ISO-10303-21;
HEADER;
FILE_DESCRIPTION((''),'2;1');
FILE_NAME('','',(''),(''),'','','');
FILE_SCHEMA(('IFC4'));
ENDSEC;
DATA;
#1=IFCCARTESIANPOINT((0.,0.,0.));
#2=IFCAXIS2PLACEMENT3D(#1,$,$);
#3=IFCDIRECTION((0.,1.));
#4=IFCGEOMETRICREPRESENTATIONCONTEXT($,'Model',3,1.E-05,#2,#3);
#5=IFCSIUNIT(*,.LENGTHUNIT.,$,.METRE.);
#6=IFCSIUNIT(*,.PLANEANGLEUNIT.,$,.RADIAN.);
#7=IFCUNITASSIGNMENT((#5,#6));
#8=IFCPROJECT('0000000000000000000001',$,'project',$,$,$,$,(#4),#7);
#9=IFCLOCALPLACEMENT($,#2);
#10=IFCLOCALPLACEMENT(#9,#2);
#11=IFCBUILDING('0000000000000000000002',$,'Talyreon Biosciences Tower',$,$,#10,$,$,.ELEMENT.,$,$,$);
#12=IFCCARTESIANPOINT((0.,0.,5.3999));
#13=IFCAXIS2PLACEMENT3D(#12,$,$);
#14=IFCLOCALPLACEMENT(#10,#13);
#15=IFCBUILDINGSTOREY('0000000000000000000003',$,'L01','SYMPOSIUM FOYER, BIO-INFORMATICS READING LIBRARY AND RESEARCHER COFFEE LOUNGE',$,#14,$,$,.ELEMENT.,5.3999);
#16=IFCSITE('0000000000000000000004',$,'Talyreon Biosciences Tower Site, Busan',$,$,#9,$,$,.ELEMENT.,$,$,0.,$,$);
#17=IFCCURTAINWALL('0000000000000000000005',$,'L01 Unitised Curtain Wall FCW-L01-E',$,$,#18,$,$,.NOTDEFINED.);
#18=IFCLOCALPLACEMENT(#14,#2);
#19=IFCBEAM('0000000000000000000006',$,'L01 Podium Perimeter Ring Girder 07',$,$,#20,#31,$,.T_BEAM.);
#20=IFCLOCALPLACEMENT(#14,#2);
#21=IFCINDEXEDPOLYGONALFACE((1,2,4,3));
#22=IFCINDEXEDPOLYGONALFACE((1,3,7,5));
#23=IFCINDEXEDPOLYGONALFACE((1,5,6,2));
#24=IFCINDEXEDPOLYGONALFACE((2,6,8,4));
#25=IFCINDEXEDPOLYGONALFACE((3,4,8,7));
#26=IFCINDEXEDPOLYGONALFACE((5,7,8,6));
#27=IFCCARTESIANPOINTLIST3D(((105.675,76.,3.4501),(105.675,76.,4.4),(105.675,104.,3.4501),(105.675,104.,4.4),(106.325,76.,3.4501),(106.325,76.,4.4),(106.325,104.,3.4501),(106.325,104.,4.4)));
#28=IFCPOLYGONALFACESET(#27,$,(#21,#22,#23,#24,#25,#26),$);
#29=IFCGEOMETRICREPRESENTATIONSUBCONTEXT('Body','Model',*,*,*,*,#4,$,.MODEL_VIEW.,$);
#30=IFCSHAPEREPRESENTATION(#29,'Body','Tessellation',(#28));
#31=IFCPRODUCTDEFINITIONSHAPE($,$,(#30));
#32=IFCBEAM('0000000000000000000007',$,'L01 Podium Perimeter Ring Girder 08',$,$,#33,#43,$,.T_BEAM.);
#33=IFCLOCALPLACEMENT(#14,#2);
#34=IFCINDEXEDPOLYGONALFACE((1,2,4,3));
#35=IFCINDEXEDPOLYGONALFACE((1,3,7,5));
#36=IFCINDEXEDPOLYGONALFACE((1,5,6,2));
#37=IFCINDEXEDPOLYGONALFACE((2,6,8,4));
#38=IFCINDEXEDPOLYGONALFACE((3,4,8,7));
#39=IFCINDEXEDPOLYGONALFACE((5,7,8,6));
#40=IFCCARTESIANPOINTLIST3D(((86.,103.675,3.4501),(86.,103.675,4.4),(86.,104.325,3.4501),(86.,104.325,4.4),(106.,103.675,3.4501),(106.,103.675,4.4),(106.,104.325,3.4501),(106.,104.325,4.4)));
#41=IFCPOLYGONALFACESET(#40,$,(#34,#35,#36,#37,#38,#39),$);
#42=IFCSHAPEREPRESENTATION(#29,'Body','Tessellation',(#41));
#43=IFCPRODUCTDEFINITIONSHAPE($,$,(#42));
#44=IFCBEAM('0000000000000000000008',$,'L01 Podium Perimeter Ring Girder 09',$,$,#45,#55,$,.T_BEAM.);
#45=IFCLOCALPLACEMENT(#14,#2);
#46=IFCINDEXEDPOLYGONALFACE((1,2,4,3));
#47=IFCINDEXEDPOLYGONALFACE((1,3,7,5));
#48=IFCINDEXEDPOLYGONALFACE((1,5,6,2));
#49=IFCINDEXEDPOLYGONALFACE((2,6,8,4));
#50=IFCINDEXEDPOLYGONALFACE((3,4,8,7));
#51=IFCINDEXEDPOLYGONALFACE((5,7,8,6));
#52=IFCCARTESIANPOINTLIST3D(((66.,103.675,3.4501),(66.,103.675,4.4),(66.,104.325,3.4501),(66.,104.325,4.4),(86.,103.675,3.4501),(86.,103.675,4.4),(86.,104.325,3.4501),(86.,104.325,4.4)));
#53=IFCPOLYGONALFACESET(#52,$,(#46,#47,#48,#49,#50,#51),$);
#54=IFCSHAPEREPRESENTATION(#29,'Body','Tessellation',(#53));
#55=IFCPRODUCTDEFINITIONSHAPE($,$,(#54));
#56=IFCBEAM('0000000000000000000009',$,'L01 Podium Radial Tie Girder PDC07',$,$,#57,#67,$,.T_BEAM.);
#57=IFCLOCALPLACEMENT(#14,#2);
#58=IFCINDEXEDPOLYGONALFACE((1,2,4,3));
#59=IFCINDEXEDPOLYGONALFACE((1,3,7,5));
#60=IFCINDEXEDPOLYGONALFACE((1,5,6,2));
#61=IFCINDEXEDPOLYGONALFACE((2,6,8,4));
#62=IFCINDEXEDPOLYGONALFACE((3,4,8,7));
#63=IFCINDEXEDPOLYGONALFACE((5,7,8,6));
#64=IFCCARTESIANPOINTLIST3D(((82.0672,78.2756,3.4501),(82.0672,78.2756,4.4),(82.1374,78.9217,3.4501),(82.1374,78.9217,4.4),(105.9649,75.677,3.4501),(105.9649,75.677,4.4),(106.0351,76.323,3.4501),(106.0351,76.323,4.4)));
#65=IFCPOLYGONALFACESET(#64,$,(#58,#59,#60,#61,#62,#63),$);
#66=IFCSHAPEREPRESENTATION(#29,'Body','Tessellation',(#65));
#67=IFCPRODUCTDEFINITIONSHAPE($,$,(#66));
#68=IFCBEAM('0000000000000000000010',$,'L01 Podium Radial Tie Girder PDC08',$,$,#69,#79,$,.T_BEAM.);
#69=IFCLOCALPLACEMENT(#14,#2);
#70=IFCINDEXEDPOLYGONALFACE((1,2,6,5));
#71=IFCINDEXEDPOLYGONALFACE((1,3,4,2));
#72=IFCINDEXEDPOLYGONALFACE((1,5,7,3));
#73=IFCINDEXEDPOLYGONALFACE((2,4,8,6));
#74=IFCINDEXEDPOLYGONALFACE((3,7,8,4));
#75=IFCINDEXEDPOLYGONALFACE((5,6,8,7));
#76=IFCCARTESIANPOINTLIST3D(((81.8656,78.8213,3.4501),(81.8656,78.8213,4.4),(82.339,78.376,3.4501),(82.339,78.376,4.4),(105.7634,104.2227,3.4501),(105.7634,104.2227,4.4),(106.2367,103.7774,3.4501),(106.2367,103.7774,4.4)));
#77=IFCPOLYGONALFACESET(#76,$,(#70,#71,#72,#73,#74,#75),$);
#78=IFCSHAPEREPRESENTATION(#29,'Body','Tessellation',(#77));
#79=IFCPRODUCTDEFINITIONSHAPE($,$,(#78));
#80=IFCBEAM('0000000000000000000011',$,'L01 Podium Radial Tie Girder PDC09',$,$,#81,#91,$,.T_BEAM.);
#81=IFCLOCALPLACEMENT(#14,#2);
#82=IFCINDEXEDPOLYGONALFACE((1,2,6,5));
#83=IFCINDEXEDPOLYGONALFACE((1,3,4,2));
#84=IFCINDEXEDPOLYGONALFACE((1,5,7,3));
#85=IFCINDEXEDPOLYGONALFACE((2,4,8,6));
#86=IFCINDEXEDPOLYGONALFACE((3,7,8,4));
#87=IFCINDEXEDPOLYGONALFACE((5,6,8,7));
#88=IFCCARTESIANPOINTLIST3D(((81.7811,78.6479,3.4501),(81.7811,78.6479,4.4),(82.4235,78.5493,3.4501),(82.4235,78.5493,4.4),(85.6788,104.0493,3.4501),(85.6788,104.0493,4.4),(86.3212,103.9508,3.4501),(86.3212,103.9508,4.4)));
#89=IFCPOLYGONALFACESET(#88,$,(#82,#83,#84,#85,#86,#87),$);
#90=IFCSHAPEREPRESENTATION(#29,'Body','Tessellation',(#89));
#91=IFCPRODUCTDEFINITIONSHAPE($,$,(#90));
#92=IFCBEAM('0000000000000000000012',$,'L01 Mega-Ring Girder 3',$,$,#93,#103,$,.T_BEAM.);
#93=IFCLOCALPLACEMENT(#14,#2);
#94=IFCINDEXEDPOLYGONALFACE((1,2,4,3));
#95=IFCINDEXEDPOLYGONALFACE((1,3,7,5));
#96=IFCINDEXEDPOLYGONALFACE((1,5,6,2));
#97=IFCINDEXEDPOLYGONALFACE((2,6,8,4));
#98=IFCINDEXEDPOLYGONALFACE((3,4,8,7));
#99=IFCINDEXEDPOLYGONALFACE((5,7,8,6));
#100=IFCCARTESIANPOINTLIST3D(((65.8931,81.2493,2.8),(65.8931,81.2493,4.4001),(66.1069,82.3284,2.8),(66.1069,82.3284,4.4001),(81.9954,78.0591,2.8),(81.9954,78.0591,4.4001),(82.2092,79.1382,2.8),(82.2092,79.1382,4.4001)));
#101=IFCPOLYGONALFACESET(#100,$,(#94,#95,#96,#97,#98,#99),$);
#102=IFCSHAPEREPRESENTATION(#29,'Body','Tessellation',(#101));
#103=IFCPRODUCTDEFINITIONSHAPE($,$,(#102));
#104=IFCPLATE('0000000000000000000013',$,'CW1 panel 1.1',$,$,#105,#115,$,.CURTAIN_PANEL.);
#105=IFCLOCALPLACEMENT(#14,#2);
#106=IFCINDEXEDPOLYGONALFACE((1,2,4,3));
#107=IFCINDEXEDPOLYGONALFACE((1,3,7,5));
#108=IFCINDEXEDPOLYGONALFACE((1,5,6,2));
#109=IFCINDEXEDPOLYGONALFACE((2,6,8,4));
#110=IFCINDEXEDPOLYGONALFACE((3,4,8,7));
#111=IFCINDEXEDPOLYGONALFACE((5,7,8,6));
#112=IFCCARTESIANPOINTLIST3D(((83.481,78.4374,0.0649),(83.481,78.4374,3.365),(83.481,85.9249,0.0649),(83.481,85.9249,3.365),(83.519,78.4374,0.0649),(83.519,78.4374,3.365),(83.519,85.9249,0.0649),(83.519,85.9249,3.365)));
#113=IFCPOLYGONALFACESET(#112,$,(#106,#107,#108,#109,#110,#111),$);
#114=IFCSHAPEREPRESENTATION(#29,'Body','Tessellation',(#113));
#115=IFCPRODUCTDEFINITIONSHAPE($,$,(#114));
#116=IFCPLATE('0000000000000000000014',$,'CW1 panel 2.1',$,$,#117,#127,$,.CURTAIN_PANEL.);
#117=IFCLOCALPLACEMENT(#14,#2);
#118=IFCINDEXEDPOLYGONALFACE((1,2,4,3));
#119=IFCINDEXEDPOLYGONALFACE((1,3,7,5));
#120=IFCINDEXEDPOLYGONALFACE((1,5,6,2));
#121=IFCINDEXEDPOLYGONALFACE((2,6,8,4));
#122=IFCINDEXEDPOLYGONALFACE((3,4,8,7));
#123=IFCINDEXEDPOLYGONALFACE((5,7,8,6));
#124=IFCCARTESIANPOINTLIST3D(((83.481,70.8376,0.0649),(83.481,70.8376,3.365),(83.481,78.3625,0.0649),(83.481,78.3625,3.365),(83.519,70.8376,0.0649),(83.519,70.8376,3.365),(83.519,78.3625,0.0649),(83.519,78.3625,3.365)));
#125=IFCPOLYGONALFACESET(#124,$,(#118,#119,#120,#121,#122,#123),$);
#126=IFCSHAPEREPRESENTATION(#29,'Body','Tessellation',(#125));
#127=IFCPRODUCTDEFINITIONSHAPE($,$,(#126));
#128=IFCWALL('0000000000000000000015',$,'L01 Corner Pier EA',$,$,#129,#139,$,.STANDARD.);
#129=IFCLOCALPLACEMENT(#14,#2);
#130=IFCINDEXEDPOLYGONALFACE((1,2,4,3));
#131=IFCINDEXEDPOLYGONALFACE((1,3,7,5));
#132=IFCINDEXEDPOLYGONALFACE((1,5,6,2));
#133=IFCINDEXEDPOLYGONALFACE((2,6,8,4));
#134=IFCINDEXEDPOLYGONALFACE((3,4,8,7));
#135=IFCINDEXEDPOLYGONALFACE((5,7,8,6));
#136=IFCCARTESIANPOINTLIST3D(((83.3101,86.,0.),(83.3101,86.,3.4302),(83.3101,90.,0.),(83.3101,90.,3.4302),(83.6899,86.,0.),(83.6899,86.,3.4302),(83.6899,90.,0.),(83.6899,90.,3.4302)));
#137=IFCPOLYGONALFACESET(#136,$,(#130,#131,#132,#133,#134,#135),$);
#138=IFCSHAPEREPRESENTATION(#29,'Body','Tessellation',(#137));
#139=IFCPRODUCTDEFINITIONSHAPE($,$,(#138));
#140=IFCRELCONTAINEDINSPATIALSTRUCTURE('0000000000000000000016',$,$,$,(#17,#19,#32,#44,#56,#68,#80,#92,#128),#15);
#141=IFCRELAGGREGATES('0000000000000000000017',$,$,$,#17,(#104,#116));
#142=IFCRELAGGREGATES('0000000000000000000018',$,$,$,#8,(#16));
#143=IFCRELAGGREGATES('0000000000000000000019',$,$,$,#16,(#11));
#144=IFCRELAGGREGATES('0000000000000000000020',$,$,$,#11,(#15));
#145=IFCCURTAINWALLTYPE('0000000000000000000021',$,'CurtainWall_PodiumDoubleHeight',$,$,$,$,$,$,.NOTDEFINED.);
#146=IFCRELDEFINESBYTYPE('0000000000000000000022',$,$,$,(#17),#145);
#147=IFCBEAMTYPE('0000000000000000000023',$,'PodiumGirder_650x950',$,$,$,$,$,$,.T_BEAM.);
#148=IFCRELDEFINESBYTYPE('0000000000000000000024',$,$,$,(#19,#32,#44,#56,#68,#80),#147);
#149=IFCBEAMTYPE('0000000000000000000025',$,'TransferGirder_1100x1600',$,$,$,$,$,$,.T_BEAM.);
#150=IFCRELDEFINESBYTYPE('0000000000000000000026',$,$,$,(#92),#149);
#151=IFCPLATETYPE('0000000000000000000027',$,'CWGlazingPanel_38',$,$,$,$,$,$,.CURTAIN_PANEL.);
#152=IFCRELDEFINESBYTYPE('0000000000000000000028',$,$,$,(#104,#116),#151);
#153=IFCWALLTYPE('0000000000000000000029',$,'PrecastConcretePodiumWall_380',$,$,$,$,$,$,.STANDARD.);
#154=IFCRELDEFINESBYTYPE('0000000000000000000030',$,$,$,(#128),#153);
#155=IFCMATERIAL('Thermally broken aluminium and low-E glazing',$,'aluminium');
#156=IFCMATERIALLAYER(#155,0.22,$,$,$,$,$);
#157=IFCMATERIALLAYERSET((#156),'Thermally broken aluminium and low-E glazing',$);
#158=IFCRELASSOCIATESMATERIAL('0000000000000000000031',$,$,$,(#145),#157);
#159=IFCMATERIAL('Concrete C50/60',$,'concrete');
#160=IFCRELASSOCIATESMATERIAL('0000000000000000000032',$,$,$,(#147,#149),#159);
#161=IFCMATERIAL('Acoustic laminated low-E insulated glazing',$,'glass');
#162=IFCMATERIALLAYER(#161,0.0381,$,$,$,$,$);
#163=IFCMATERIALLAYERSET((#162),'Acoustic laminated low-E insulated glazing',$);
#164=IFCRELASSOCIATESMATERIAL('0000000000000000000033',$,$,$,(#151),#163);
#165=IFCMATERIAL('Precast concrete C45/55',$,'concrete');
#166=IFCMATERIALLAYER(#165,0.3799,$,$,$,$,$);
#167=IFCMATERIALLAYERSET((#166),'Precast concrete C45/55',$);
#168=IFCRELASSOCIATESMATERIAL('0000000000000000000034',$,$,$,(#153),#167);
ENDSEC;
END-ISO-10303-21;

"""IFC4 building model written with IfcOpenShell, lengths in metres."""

from ifc_helpers import new_model, si_unit, direction, frame, frame_2d, origin, origin_2d, place, context, subcontext, project, spatial, rectangle, extrude, material, layer, layer_set, material_profile, profile_set, type_object, element, aggregate, save


model = new_model("IFC4")

# Units and contexts
model_context = context("Model", 3, precision=1e-05, world=origin(), true_north=direction((0.0, 1.0)))
body_context = subcontext(model_context, "Body", "Model", "MODEL_VIEW")
ifc_project = project(units=[si_unit("LENGTHUNIT", "METRE"), si_unit("PLANEANGLEUNIT", "RADIAN")], contexts=[model_context])

# Site, building, storey
site_placement = place(None, origin())
site = spatial("IfcSite", under=ifc_project, at=site_placement, Name="Talyreon Biosciences Tower Site, Busan", CompositionType="ELEMENT", RefElevation=0.0)
building_placement = place(site_placement, origin())
building = spatial("IfcBuilding", under=site, at=building_placement, Name="Talyreon Biosciences Tower", CompositionType="ELEMENT")
storey_placement = place(building_placement, frame((0.0, 0.0, 5.3999)))
storey = spatial("IfcBuildingStorey", under=building, at=storey_placement, Name="L01", Description="SYMPOSIUM FOYER, BIO-INFORMATICS READING LIBRARY AND RESEARCHER COFFEE LOUNGE", CompositionType="ELEMENT", Elevation=5.3999)

# Curtain wall
ifc_material_1 = material(Name="Thermally broken aluminium and low-E glazing", Category="aluminium")
ifc_layer_1 = layer(ifc_material_1, 0.22)
ifc_layer_set_1 = layer_set([ifc_layer_1], Name="Thermally broken aluminium and low-E glazing")
curtain_wall_type = type_object("IfcCurtainWallType", Name="CurtainWall_PodiumDoubleHeight", PredefinedType="NOTDEFINED", material=ifc_layer_set_1)
curtain_wall_placement = place(storey_placement, origin())
curtain_wall = element("IfcCurtainWall", 1, at=curtain_wall_placement, inside=storey, type_object=curtain_wall_type, Name="L01 Unitised Curtain Wall FCW-L01-E", PredefinedType="NOTDEFINED")

# Beams
ifc_material_2 = material(Name="Concrete C50/60", Category="concrete")
ifc_material_profile_1 = material_profile(ifc_material_2, rectangle(XDim=0.6499, YDim=0.95, at=origin_2d()), Name="RCB 650x950")
ifc_profile_set_1 = profile_set([ifc_material_profile_1], Name="Concrete C50/60")
beam_type_1 = type_object("IfcBeamType", Name="PodiumGirder_650x950", PredefinedType="T_BEAM", material=ifc_profile_set_1)
beam_1_placement = place(storey_placement, frame((106.0, 76.0, 3.925), z_axis=(0.0, 1.0, 0.0), x_axis=(-1.0, 0.0, 0.0)))
element("IfcBeam", 2, at=beam_1_placement, inside=storey, type_object=beam_type_1, Name="L01 Podium Perimeter Ring Girder 07", PredefinedType="T_BEAM", context=body_context, shape_type="SweptSolid", body=[
    extrude(rectangle(XDim=0.6499, YDim=0.95, at=origin_2d()), origin(), (0.0, 0.0, 1.0), 28.0),
])
for number, where, z_axis, x_axis, name in (
    (3, (106.0, 104.0, 3.925), (-1.0, 0.0, 0.0), (0.0, -1.0, 0.0), "L01 Podium Perimeter Ring Girder 08"),
    (4, (86.0, 104.0, 3.925), (-1.0, 0.0, 0.0), (0.0, -1.0, 0.0), "L01 Podium Perimeter Ring Girder 09"),
):
    element("IfcBeam", number, at=place(storey_placement, frame(where, z_axis=z_axis, x_axis=x_axis)), inside=storey, type_object=beam_type_1, Name=name, PredefinedType="T_BEAM", context=body_context, shape_type="SweptSolid", body=[
        extrude(rectangle(XDim=0.6499, YDim=0.95, at=origin_2d()), origin(), (0.0, 0.0, 1.0), 20.0),
    ])
beam_2_placement = place(storey_placement, frame((82.1023, 78.5986, 3.925), z_axis=(0.99414, -0.108103, 0.0), x_axis=(0.108103, 0.99414, 0.0)))
element("IfcBeam", 5, at=beam_2_placement, inside=storey, type_object=beam_type_1, Name="L01 Podium Radial Tie Girder PDC07", PredefinedType="T_BEAM", context=body_context, shape_type="SweptSolid", body=[
    extrude(rectangle(XDim=0.6499, YDim=0.95, at=origin_2d()), origin(), (0.0, 0.0, 1.0), 24.0386),
])
beam_3_placement = place(storey_placement, frame((82.1023, 78.5986, 3.925), z_axis=(0.685221, 0.728335, 0.0), x_axis=(-0.728335, 0.685221, 0.0)))
element("IfcBeam", 6, at=beam_3_placement, inside=storey, type_object=beam_type_1, Name="L01 Podium Radial Tie Girder PDC08", PredefinedType="T_BEAM", context=body_context, shape_type="SweptSolid", body=[
    extrude(rectangle(XDim=0.6499, YDim=0.95, at=origin_2d()), origin(), (0.0, 0.0, 1.0), 34.876),
])
beam_4_placement = place(storey_placement, frame((82.1023, 78.5986, 3.925), z_axis=(0.15167, 0.988431, 0.0), x_axis=(-0.988431, 0.15167, 0.0)))
element("IfcBeam", 7, at=beam_4_placement, inside=storey, type_object=beam_type_1, Name="L01 Podium Radial Tie Girder PDC09", PredefinedType="T_BEAM", context=body_context, shape_type="SweptSolid", body=[
    extrude(rectangle(XDim=0.6499, YDim=0.95, at=origin_2d()), origin(), (0.0, 0.0, 1.0), 25.6987),
])
ifc_material_profile_2 = material_profile(ifc_material_2, rectangle(XDim=1.1001, YDim=1.6001, at=origin_2d()), Name="RCB 1100x1600")
ifc_profile_set_2 = profile_set([ifc_material_profile_2], Name="Concrete C50/60")
beam_type_2 = type_object("IfcBeamType", Name="TransferGirder_1100x1600", PredefinedType="T_BEAM", material=ifc_profile_set_2)
beam_5_placement = place(storey_placement, frame((82.1023, 78.5986, 3.6001), z_axis=(-0.980934, 0.194343, 0.0), x_axis=(-0.194343, -0.980934, 0.0)))
element("IfcBeam", 8, at=beam_5_placement, inside=storey, type_object=beam_type_2, Name="L01 Mega-Ring Girder 3", PredefinedType="T_BEAM", context=body_context, shape_type="SweptSolid", body=[
    extrude(rectangle(XDim=1.1001, YDim=1.6001, at=origin_2d()), origin(), (0.0, 0.0, 1.0), 16.4153),
])

# Plates
ifc_material_3 = material(Name="Acoustic laminated low-E insulated glazing", Category="glass")
ifc_layer_2 = layer(ifc_material_3, 0.0381)
ifc_layer_set_2 = layer_set([ifc_layer_2], Name="Acoustic laminated low-E insulated glazing")
plate_type = type_object("IfcPlateType", Name="CWGlazingPanel_38", PredefinedType="CURTAIN_PANEL", material=ifc_layer_set_2)
plate_1_placement = place(storey_placement, frame((83.5, 82.1812, 0.0649), z_axis=(0.0, 0.0, 1.0), x_axis=(0.0, -1.0, 0.0)))
plate_1 = element("IfcPlate", 9, at=plate_1_placement, type_object=plate_type, Name="CW1 panel 1.1", PredefinedType="CURTAIN_PANEL", context=body_context, shape_type="SweptSolid", body=[
    extrude(rectangle(XDim=7.4875, YDim=0.0381, at=origin_2d()), origin(), (0.0, 0.0, 1.0), 3.3),
])
plate_2_placement = place(storey_placement, frame((83.5, 74.6001, 0.0649), z_axis=(0.0, 0.0, 1.0), x_axis=(0.0, -1.0, 0.0)))
plate_2 = element("IfcPlate", 10, at=plate_2_placement, type_object=plate_type, Name="CW1 panel 2.1", PredefinedType="CURTAIN_PANEL", context=body_context, shape_type="SweptSolid", body=[
    extrude(rectangle(XDim=7.5249, YDim=0.0381, at=origin_2d()), origin(), (0.0, 0.0, 1.0), 3.3),
])
aggregate(curtain_wall, [plate_1, plate_2])

# Wall
ifc_material_4 = material(Name="Precast concrete C45/55", Category="concrete")
ifc_layer_3 = layer(ifc_material_4, 0.3799)
ifc_layer_set_3 = layer_set([ifc_layer_3], Name="Precast concrete C45/55")
wall_type = type_object("IfcWallType", Name="PrecastConcretePodiumWall_380", PredefinedType="STANDARD", material=ifc_layer_set_3)
wall_placement = place(storey_placement, frame((83.5, 90.0, 0.0), z_axis=(0.0, 0.0, 1.0), x_axis=(0.0, -1.0, 0.0)))
element("IfcWall", 11, at=wall_placement, inside=storey, type_object=wall_type, Name="L01 Corner Pier EA", PredefinedType="STANDARD", context=body_context, shape_type="SweptSolid", body=[
    extrude(rectangle(XDim=4.0, YDim=0.3799, at=frame_2d((2.0, 0.0))), origin(), (0.0, 0.0, 1.0), 3.4302),
])

save(model, "model.ifc")
